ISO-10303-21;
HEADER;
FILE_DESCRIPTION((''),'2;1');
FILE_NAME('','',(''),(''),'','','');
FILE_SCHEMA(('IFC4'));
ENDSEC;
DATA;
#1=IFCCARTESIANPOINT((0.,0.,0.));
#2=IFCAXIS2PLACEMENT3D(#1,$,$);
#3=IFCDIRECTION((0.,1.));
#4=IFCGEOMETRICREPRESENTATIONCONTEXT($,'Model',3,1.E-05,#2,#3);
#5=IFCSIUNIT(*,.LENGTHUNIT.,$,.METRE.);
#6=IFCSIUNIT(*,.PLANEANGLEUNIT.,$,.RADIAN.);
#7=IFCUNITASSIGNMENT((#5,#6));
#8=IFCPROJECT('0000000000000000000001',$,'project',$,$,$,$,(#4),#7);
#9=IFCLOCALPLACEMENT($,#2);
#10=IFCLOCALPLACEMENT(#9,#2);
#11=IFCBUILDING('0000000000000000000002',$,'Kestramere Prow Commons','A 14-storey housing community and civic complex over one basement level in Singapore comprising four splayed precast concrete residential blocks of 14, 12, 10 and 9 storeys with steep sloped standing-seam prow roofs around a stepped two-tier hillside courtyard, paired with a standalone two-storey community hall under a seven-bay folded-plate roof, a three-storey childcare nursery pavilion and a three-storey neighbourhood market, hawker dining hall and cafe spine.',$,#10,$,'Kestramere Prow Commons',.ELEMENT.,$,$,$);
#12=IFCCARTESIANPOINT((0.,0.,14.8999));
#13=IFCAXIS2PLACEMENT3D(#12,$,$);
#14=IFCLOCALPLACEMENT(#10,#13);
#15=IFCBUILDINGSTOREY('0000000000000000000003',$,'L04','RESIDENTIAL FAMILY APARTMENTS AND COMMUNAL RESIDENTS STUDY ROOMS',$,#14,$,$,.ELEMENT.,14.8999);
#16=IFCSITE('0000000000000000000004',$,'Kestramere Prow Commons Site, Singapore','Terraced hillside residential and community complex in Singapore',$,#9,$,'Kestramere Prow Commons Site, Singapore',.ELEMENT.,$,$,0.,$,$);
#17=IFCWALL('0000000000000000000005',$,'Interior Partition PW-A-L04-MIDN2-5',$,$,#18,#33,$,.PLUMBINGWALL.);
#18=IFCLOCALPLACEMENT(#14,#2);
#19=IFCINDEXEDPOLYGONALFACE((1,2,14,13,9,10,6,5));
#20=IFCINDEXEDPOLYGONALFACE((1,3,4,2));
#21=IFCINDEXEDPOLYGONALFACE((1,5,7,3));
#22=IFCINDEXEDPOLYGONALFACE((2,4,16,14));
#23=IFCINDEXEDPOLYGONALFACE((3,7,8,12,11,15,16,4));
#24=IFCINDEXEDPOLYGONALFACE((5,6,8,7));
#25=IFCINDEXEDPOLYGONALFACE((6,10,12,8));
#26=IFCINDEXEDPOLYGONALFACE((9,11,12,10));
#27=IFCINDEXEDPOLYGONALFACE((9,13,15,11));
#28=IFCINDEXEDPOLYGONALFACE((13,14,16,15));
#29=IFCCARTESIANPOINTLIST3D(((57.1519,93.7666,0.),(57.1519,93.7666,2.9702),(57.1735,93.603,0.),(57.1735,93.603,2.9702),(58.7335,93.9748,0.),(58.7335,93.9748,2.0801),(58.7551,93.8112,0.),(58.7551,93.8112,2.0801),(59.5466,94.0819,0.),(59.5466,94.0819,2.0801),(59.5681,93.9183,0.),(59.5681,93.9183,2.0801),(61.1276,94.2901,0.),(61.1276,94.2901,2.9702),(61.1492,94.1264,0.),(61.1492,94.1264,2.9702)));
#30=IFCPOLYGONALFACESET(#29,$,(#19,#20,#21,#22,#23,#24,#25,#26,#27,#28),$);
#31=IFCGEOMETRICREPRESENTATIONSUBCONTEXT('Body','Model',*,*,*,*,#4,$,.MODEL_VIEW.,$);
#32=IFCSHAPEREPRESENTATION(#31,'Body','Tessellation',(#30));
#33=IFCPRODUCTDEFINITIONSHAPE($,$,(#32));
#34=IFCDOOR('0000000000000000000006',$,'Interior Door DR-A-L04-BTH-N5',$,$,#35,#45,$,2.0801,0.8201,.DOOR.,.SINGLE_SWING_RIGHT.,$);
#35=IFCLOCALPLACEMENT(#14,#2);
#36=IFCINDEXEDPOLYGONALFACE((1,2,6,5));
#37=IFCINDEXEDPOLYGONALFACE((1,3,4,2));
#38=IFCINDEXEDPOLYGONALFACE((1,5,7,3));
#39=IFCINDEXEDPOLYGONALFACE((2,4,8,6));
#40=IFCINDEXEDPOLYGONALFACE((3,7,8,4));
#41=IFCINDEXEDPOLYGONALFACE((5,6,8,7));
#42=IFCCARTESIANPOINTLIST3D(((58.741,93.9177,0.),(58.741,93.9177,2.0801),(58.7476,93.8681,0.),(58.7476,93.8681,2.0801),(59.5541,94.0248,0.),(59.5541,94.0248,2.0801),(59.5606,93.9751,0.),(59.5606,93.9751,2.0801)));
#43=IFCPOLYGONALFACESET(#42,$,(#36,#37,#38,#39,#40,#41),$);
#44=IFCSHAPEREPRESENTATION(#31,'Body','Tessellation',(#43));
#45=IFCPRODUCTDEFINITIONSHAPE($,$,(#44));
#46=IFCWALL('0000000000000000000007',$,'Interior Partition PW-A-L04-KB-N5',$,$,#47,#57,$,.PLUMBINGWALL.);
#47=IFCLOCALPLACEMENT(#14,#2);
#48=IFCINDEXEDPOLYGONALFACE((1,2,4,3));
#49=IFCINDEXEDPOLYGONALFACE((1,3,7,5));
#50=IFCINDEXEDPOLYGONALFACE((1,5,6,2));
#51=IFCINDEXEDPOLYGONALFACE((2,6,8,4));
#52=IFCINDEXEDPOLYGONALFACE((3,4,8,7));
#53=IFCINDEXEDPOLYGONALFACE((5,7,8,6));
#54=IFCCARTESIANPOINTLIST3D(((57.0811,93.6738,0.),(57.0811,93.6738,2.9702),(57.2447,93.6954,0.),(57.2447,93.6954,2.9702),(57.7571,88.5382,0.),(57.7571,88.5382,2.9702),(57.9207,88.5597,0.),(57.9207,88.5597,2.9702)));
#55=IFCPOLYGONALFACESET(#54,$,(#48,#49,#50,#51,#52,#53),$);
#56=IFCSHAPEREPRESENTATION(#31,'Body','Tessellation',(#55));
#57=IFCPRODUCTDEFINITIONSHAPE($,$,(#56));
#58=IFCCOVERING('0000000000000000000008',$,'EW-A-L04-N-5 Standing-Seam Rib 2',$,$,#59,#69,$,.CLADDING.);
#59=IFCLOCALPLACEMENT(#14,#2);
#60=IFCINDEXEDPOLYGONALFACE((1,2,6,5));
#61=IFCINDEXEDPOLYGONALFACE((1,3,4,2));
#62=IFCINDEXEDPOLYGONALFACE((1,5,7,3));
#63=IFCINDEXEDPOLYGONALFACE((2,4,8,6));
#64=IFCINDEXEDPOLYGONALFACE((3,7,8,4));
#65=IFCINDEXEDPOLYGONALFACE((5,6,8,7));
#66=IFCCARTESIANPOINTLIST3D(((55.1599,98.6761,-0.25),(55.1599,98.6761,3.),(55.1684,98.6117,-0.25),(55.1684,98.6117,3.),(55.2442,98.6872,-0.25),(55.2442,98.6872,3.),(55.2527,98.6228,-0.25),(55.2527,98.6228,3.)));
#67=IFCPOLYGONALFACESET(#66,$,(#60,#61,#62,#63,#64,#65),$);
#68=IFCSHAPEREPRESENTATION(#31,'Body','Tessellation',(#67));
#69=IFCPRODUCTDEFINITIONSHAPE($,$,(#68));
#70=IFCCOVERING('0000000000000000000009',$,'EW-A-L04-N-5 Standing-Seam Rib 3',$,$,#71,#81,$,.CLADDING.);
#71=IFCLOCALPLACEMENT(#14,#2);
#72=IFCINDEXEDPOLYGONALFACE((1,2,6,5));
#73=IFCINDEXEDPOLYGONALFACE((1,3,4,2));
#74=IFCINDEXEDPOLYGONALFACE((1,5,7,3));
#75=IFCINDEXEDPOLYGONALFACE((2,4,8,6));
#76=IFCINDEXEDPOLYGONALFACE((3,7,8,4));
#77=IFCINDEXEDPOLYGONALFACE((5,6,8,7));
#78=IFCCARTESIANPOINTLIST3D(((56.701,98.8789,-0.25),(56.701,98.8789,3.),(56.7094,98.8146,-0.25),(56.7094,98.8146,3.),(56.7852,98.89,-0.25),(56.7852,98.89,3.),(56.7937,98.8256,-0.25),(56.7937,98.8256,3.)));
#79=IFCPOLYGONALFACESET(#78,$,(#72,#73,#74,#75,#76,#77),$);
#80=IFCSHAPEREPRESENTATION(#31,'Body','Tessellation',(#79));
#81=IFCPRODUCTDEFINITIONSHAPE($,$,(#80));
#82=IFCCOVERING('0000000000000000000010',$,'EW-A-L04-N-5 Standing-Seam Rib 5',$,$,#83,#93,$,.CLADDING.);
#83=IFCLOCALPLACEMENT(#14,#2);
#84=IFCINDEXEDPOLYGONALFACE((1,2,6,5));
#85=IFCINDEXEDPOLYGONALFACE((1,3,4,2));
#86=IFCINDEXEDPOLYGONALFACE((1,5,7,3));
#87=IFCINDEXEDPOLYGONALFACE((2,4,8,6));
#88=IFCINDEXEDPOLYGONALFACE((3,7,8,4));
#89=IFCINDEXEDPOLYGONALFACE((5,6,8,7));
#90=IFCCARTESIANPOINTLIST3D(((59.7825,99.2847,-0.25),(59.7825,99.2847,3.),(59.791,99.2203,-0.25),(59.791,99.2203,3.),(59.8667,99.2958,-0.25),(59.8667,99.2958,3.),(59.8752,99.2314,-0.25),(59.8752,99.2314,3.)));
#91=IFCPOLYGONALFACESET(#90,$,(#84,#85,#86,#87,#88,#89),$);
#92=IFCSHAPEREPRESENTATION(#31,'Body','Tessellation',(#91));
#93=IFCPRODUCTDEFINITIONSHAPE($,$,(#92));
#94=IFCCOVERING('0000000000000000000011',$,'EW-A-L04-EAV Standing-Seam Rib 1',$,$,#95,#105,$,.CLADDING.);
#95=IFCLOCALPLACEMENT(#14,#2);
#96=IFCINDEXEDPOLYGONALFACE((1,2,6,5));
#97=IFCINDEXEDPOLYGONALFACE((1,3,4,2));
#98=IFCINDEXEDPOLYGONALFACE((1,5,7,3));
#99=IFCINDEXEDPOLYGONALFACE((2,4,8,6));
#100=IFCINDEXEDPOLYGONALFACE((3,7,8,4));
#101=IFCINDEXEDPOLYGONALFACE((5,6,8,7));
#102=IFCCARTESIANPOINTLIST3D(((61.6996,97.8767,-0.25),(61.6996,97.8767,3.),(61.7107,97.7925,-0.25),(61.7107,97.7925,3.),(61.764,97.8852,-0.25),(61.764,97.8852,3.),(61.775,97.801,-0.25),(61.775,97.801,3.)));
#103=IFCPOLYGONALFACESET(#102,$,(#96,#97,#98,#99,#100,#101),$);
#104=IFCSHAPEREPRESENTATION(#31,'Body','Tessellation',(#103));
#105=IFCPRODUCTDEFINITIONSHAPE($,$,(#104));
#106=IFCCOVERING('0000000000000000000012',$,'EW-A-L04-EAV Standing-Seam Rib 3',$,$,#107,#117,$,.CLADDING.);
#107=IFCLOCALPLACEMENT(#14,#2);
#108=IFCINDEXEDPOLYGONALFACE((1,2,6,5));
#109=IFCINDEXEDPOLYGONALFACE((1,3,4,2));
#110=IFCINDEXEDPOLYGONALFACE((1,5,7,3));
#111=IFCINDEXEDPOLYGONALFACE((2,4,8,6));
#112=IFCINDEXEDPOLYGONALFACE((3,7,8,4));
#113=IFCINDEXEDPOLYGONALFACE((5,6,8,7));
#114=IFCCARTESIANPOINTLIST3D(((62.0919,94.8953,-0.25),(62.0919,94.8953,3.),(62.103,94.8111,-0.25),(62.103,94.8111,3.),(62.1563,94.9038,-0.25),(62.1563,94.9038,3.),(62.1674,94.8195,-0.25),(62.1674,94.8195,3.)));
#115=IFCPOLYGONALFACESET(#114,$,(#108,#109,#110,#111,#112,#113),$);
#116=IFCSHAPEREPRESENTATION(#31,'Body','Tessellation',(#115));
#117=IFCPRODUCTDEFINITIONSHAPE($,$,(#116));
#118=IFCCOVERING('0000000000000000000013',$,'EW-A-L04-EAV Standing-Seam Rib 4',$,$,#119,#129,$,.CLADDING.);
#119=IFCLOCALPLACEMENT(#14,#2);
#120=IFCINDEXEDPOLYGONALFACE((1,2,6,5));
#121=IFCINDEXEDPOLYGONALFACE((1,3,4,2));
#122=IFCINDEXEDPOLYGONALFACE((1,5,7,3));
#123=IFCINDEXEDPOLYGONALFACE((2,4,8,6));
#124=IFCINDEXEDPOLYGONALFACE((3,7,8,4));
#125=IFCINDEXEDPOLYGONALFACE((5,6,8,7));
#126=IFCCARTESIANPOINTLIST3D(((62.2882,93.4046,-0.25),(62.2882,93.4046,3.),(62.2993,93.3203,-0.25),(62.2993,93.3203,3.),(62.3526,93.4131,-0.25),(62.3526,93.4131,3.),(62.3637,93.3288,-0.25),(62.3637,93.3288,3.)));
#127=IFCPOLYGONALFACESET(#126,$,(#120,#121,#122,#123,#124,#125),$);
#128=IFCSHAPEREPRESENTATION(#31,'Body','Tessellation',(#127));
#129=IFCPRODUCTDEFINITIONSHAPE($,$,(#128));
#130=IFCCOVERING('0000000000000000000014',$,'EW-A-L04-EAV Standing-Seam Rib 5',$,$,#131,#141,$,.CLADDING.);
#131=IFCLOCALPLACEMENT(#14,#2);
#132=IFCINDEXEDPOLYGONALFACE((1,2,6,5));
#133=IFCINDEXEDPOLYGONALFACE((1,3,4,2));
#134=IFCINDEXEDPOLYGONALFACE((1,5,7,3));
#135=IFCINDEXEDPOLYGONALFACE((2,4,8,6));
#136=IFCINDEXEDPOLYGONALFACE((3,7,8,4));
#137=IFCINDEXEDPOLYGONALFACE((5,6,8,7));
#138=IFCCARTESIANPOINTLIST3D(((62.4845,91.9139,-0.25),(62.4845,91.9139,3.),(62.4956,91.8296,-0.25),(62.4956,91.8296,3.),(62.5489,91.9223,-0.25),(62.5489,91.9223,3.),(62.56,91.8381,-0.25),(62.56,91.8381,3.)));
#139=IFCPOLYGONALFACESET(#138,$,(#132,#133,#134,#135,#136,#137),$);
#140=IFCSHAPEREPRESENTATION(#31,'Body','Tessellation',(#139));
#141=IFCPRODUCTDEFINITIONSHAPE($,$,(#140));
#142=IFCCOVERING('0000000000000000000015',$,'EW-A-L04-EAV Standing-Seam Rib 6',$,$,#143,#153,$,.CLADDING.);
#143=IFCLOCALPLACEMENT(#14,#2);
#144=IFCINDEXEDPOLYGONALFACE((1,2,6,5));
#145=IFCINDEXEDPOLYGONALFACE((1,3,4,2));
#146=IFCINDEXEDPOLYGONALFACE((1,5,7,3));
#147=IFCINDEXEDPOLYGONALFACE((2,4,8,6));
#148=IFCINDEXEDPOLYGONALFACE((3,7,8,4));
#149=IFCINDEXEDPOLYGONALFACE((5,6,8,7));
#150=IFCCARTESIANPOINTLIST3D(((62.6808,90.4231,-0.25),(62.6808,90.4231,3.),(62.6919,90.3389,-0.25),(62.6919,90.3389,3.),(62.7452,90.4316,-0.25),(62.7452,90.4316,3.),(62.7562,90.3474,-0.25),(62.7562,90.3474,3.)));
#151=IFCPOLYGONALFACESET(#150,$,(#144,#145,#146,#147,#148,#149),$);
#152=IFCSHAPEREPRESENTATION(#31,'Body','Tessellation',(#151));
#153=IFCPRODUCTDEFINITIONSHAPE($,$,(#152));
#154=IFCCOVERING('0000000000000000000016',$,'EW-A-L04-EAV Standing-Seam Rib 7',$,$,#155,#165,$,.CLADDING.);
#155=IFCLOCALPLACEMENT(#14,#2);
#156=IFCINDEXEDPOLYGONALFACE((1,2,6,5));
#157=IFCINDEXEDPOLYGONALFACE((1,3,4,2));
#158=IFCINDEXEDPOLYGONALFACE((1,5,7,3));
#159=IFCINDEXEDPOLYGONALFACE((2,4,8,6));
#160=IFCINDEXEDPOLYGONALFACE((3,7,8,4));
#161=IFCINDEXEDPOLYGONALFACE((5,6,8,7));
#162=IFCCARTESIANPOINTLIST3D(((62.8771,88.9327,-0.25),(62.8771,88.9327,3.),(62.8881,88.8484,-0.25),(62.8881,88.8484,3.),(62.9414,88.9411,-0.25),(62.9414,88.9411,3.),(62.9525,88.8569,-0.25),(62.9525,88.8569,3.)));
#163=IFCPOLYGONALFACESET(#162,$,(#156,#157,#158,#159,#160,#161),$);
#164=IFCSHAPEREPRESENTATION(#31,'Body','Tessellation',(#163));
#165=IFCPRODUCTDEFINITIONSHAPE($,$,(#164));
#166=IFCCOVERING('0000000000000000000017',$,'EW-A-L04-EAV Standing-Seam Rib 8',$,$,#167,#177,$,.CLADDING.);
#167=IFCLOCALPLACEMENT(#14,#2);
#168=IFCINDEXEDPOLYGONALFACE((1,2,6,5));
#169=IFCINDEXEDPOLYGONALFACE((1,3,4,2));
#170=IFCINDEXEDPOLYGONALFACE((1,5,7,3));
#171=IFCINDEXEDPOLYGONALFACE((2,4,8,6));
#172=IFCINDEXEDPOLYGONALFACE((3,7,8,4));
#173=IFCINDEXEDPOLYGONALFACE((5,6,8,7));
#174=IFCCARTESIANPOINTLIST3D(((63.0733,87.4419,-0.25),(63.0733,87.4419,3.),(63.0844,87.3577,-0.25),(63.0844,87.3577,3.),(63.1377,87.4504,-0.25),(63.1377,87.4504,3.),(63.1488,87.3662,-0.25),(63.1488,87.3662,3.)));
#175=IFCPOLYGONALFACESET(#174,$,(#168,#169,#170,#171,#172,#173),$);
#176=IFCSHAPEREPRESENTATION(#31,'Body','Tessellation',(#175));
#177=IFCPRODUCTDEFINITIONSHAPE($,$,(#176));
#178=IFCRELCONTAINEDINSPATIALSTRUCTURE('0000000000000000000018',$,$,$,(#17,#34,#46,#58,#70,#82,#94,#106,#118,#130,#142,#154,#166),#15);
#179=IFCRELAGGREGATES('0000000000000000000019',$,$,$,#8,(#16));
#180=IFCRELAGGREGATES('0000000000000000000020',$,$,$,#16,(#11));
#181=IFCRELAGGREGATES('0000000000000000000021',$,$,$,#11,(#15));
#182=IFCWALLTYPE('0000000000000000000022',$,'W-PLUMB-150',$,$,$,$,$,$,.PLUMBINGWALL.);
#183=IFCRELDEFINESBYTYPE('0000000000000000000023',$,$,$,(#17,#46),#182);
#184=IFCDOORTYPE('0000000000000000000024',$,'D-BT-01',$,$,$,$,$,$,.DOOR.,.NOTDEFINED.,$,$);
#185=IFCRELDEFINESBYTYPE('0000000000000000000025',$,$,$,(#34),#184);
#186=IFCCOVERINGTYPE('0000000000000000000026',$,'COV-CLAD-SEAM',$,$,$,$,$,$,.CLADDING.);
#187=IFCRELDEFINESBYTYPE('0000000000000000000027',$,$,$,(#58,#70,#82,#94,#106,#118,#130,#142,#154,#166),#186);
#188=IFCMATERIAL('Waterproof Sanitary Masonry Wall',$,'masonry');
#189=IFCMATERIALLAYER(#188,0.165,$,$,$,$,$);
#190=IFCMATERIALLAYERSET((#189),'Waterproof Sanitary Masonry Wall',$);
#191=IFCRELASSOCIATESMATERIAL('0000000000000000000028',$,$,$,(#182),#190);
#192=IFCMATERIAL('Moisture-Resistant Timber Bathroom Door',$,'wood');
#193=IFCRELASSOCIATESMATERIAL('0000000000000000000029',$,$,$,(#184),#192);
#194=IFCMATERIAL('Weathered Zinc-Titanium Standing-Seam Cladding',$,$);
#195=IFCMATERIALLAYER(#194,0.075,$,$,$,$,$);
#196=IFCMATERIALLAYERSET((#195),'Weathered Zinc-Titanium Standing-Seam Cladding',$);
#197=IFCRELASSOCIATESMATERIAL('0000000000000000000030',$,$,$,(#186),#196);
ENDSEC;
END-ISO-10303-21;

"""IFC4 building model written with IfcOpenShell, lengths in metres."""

from ifc_helpers import new_model, si_unit, direction, frame, frame_2d, origin, origin_2d, place, context, subcontext, project, spatial, rectangle, extrude, material, layer, layer_set, type_object, element, fill, save


model = new_model("IFC4")

# Units and contexts
model_context = context("Model", 3, precision=1e-05, world=origin(), true_north=direction((0.0, 1.0)))
body_context = subcontext(model_context, "Body", "Model", "MODEL_VIEW")
ifc_project = project(units=[si_unit("LENGTHUNIT", "METRE"), si_unit("PLANEANGLEUNIT", "RADIAN")], contexts=[model_context])

# Site, building, storey
site_placement = place(None, origin())
site = spatial("IfcSite", under=ifc_project, at=site_placement, Name="Kestramere Prow Commons Site, Singapore", Description="Terraced hillside residential and community complex in Singapore", LongName="Kestramere Prow Commons Site, Singapore", CompositionType="ELEMENT", RefElevation=0.0)
building_placement = place(site_placement, origin())
building = spatial("IfcBuilding", under=site, at=building_placement, Name="Kestramere Prow Commons", Description="A 14-storey housing community and civic complex over one basement level in Singapore comprising four splayed precast concrete residential blocks of 14, 12, 10 and 9 storeys with steep sloped standing-seam prow roofs around a stepped two-tier hillside courtyard, paired with a standalone two-storey community hall under a seven-bay folded-plate roof, a three-storey childcare nursery pavilion and a three-storey neighbourhood market, hawker dining hall and cafe spine.", LongName="Kestramere Prow Commons", CompositionType="ELEMENT")
storey_placement = place(building_placement, frame((0.0, 0.0, 14.8999)))
storey = spatial("IfcBuildingStorey", under=building, at=storey_placement, Name="L04", Description="RESIDENTIAL FAMILY APARTMENTS AND COMMUNAL RESIDENTS STUDY ROOMS", CompositionType="ELEMENT", Elevation=14.8999)

# Wall, opening, door
ifc_material_1 = material(Name="Waterproof Sanitary Masonry Wall", Category="masonry")
ifc_layer_1 = layer(ifc_material_1, 0.165)
ifc_layer_set_1 = layer_set([ifc_layer_1], Name="Waterproof Sanitary Masonry Wall")
wall_type_1 = type_object("IfcWallType", Name="W-PLUMB-150", PredefinedType="PLUMBINGWALL", material=ifc_layer_set_1)
wall_1_placement = place(storey_placement, frame((57.1628, 93.6848, 0.0), z_axis=(0.0, 0.0, 1.0), x_axis=(0.991444, 0.130536, 0.0)))
wall_1 = element("IfcWall", 1, at=wall_1_placement, inside=storey, type_object=wall_type_1, Name="Interior Partition PW-A-L04-MIDN2-5", PredefinedType="PLUMBINGWALL", context=body_context, shape_type="SweptSolid", body=[
    extrude(rectangle(XDim=4.01, YDim=0.165, at=frame_2d((2.0049, 0.0))), origin(), (0.0, 0.0, 1.0), 2.9702),
])
opening_1_placement = place(wall_1_placement, frame((1.595, 0.0, 0.0)))
opening_1 = element("IfcOpeningElement", 2, at=opening_1_placement, cuts=wall_1, PredefinedType="OPENING", context=body_context, shape_type="SweptSolid", body=[
    extrude(rectangle(XDim=0.8201, YDim=2.0801, at=frame_2d((0.4102, 1.04))), frame((0.0, 0.0974, 0.0), z_axis=(0.0, -1.0, 0.0), x_axis=(1.0, 0.0, 0.0)), (0.0, 0.0, 1.0), 0.1951),
])
ifc_material_2 = material(Name="Moisture-Resistant Timber Bathroom Door", Category="wood")
door_type_1 = type_object("IfcDoorType", Name="D-BT-01", OperationType="NOTDEFINED", PredefinedType="DOOR", material=ifc_material_2)
door_1_placement = place(opening_1_placement, origin())
door_1 = element("IfcDoor", 3, at=door_1_placement, inside=storey, type_object=door_type_1, Name="Interior Door DR-A-L04-BTH-N5", OperationType="SINGLE_SWING_RIGHT", OverallHeight=2.0801, OverallWidth=0.8201, PredefinedType="DOOR", context=body_context, shape_type="SweptSolid", body=[
    extrude(rectangle(XDim=0.8201, YDim=2.0801, at=frame_2d((0.4102, 1.04))), frame((0.0, 0.0249, 0.0), z_axis=(0.0, -1.0, 0.0), x_axis=(1.0, 0.0, 0.0)), (0.0, 0.0, 1.0), 0.05),
])
fill(opening_1, door_1)

# Wall
wall_2_placement = place(storey_placement, frame((57.8389, 88.5491, 0.0), z_axis=(0.0, 0.0, 1.0), x_axis=(-0.130506, 0.991448, 0.0)))
element("IfcWall", 4, at=wall_2_placement, inside=storey, type_object=wall_type_1, Name="Interior Partition PW-A-L04-KB-N5", PredefinedType="PLUMBINGWALL", context=body_context, shape_type="SweptSolid", body=[
    extrude(rectangle(XDim=5.1799, YDim=0.165, at=frame_2d((2.5898, 0.0))), origin(), (0.0, 0.0, 1.0), 2.9702),
])

# Coverings
ifc_material_3 = material(Name="Weathered Zinc-Titanium Standing-Seam Cladding")
ifc_layer_2 = layer(ifc_material_3, 0.075)
ifc_layer_set_2 = layer_set([ifc_layer_2], Name="Weathered Zinc-Titanium Standing-Seam Cladding")
covering_type = type_object("IfcCoveringType", Name="COV-CLAD-SEAM", PredefinedType="CLADDING", material=ifc_layer_set_2)
for number, where, z_axis, x_axis, name in (
    (5, (55.2063, 98.6494, -0.25), (0.0, 0.0, 1.0), (0.991445, 0.130526, 0.0), "EW-A-L04-N-5 Standing-Seam Rib 2"),
    (6, (56.7473, 98.8523, -0.25), (0.0, 0.0, 1.0), (0.991445, 0.130526, 0.0), "EW-A-L04-N-5 Standing-Seam Rib 3"),
    (7, (59.8289, 99.2581, -0.25), (0.0, 0.0, 1.0), (0.991445, 0.130526, 0.0), "EW-A-L04-N-5 Standing-Seam Rib 5"),
    (8, (61.7373, 97.8389, -0.25), (0.0, 0.0, 1.0), (0.130526, -0.991445, 0.0), "EW-A-L04-EAV Standing-Seam Rib 1"),
    (9, (62.1296, 94.8574, -0.25), (0.0, 0.0, 1.0), (0.130526, -0.991445, 0.0), "EW-A-L04-EAV Standing-Seam Rib 3"),
    (10, (62.3259, 93.3667, -0.25), (0.0, 0.0, 1.0), (0.130526, -0.991445, 0.0), "EW-A-L04-EAV Standing-Seam Rib 4"),
    (11, (62.5222, 91.876, -0.25), (0.0, 0.0, 1.0), (0.130526, -0.991445, 0.0), "EW-A-L04-EAV Standing-Seam Rib 5"),
    (12, (62.7185, 90.3853, -0.25), (0.0, 0.0, 1.0), (0.130526, -0.991445, 0.0), "EW-A-L04-EAV Standing-Seam Rib 6"),
    (13, (62.9148, 88.8948, -0.25), (0.0, 0.0, 1.0), (0.130526, -0.991445, 0.0), "EW-A-L04-EAV Standing-Seam Rib 7"),
    (14, (63.1111, 87.4041, -0.25), (0.0, 0.0, 1.0), (0.130526, -0.991445, 0.0), "EW-A-L04-EAV Standing-Seam Rib 8"),
):
    element("IfcCovering", number, at=place(storey_placement, frame(where, z_axis=z_axis, x_axis=x_axis)), inside=storey, type_object=covering_type, Name=name, PredefinedType="CLADDING", context=body_context, shape_type="SweptSolid", body=[
        extrude(rectangle(XDim=0.085, YDim=0.0649, at=origin_2d()), origin(), (0.0, 0.0, 1.0), 3.25),
    ])

save(model, "model.ifc")
